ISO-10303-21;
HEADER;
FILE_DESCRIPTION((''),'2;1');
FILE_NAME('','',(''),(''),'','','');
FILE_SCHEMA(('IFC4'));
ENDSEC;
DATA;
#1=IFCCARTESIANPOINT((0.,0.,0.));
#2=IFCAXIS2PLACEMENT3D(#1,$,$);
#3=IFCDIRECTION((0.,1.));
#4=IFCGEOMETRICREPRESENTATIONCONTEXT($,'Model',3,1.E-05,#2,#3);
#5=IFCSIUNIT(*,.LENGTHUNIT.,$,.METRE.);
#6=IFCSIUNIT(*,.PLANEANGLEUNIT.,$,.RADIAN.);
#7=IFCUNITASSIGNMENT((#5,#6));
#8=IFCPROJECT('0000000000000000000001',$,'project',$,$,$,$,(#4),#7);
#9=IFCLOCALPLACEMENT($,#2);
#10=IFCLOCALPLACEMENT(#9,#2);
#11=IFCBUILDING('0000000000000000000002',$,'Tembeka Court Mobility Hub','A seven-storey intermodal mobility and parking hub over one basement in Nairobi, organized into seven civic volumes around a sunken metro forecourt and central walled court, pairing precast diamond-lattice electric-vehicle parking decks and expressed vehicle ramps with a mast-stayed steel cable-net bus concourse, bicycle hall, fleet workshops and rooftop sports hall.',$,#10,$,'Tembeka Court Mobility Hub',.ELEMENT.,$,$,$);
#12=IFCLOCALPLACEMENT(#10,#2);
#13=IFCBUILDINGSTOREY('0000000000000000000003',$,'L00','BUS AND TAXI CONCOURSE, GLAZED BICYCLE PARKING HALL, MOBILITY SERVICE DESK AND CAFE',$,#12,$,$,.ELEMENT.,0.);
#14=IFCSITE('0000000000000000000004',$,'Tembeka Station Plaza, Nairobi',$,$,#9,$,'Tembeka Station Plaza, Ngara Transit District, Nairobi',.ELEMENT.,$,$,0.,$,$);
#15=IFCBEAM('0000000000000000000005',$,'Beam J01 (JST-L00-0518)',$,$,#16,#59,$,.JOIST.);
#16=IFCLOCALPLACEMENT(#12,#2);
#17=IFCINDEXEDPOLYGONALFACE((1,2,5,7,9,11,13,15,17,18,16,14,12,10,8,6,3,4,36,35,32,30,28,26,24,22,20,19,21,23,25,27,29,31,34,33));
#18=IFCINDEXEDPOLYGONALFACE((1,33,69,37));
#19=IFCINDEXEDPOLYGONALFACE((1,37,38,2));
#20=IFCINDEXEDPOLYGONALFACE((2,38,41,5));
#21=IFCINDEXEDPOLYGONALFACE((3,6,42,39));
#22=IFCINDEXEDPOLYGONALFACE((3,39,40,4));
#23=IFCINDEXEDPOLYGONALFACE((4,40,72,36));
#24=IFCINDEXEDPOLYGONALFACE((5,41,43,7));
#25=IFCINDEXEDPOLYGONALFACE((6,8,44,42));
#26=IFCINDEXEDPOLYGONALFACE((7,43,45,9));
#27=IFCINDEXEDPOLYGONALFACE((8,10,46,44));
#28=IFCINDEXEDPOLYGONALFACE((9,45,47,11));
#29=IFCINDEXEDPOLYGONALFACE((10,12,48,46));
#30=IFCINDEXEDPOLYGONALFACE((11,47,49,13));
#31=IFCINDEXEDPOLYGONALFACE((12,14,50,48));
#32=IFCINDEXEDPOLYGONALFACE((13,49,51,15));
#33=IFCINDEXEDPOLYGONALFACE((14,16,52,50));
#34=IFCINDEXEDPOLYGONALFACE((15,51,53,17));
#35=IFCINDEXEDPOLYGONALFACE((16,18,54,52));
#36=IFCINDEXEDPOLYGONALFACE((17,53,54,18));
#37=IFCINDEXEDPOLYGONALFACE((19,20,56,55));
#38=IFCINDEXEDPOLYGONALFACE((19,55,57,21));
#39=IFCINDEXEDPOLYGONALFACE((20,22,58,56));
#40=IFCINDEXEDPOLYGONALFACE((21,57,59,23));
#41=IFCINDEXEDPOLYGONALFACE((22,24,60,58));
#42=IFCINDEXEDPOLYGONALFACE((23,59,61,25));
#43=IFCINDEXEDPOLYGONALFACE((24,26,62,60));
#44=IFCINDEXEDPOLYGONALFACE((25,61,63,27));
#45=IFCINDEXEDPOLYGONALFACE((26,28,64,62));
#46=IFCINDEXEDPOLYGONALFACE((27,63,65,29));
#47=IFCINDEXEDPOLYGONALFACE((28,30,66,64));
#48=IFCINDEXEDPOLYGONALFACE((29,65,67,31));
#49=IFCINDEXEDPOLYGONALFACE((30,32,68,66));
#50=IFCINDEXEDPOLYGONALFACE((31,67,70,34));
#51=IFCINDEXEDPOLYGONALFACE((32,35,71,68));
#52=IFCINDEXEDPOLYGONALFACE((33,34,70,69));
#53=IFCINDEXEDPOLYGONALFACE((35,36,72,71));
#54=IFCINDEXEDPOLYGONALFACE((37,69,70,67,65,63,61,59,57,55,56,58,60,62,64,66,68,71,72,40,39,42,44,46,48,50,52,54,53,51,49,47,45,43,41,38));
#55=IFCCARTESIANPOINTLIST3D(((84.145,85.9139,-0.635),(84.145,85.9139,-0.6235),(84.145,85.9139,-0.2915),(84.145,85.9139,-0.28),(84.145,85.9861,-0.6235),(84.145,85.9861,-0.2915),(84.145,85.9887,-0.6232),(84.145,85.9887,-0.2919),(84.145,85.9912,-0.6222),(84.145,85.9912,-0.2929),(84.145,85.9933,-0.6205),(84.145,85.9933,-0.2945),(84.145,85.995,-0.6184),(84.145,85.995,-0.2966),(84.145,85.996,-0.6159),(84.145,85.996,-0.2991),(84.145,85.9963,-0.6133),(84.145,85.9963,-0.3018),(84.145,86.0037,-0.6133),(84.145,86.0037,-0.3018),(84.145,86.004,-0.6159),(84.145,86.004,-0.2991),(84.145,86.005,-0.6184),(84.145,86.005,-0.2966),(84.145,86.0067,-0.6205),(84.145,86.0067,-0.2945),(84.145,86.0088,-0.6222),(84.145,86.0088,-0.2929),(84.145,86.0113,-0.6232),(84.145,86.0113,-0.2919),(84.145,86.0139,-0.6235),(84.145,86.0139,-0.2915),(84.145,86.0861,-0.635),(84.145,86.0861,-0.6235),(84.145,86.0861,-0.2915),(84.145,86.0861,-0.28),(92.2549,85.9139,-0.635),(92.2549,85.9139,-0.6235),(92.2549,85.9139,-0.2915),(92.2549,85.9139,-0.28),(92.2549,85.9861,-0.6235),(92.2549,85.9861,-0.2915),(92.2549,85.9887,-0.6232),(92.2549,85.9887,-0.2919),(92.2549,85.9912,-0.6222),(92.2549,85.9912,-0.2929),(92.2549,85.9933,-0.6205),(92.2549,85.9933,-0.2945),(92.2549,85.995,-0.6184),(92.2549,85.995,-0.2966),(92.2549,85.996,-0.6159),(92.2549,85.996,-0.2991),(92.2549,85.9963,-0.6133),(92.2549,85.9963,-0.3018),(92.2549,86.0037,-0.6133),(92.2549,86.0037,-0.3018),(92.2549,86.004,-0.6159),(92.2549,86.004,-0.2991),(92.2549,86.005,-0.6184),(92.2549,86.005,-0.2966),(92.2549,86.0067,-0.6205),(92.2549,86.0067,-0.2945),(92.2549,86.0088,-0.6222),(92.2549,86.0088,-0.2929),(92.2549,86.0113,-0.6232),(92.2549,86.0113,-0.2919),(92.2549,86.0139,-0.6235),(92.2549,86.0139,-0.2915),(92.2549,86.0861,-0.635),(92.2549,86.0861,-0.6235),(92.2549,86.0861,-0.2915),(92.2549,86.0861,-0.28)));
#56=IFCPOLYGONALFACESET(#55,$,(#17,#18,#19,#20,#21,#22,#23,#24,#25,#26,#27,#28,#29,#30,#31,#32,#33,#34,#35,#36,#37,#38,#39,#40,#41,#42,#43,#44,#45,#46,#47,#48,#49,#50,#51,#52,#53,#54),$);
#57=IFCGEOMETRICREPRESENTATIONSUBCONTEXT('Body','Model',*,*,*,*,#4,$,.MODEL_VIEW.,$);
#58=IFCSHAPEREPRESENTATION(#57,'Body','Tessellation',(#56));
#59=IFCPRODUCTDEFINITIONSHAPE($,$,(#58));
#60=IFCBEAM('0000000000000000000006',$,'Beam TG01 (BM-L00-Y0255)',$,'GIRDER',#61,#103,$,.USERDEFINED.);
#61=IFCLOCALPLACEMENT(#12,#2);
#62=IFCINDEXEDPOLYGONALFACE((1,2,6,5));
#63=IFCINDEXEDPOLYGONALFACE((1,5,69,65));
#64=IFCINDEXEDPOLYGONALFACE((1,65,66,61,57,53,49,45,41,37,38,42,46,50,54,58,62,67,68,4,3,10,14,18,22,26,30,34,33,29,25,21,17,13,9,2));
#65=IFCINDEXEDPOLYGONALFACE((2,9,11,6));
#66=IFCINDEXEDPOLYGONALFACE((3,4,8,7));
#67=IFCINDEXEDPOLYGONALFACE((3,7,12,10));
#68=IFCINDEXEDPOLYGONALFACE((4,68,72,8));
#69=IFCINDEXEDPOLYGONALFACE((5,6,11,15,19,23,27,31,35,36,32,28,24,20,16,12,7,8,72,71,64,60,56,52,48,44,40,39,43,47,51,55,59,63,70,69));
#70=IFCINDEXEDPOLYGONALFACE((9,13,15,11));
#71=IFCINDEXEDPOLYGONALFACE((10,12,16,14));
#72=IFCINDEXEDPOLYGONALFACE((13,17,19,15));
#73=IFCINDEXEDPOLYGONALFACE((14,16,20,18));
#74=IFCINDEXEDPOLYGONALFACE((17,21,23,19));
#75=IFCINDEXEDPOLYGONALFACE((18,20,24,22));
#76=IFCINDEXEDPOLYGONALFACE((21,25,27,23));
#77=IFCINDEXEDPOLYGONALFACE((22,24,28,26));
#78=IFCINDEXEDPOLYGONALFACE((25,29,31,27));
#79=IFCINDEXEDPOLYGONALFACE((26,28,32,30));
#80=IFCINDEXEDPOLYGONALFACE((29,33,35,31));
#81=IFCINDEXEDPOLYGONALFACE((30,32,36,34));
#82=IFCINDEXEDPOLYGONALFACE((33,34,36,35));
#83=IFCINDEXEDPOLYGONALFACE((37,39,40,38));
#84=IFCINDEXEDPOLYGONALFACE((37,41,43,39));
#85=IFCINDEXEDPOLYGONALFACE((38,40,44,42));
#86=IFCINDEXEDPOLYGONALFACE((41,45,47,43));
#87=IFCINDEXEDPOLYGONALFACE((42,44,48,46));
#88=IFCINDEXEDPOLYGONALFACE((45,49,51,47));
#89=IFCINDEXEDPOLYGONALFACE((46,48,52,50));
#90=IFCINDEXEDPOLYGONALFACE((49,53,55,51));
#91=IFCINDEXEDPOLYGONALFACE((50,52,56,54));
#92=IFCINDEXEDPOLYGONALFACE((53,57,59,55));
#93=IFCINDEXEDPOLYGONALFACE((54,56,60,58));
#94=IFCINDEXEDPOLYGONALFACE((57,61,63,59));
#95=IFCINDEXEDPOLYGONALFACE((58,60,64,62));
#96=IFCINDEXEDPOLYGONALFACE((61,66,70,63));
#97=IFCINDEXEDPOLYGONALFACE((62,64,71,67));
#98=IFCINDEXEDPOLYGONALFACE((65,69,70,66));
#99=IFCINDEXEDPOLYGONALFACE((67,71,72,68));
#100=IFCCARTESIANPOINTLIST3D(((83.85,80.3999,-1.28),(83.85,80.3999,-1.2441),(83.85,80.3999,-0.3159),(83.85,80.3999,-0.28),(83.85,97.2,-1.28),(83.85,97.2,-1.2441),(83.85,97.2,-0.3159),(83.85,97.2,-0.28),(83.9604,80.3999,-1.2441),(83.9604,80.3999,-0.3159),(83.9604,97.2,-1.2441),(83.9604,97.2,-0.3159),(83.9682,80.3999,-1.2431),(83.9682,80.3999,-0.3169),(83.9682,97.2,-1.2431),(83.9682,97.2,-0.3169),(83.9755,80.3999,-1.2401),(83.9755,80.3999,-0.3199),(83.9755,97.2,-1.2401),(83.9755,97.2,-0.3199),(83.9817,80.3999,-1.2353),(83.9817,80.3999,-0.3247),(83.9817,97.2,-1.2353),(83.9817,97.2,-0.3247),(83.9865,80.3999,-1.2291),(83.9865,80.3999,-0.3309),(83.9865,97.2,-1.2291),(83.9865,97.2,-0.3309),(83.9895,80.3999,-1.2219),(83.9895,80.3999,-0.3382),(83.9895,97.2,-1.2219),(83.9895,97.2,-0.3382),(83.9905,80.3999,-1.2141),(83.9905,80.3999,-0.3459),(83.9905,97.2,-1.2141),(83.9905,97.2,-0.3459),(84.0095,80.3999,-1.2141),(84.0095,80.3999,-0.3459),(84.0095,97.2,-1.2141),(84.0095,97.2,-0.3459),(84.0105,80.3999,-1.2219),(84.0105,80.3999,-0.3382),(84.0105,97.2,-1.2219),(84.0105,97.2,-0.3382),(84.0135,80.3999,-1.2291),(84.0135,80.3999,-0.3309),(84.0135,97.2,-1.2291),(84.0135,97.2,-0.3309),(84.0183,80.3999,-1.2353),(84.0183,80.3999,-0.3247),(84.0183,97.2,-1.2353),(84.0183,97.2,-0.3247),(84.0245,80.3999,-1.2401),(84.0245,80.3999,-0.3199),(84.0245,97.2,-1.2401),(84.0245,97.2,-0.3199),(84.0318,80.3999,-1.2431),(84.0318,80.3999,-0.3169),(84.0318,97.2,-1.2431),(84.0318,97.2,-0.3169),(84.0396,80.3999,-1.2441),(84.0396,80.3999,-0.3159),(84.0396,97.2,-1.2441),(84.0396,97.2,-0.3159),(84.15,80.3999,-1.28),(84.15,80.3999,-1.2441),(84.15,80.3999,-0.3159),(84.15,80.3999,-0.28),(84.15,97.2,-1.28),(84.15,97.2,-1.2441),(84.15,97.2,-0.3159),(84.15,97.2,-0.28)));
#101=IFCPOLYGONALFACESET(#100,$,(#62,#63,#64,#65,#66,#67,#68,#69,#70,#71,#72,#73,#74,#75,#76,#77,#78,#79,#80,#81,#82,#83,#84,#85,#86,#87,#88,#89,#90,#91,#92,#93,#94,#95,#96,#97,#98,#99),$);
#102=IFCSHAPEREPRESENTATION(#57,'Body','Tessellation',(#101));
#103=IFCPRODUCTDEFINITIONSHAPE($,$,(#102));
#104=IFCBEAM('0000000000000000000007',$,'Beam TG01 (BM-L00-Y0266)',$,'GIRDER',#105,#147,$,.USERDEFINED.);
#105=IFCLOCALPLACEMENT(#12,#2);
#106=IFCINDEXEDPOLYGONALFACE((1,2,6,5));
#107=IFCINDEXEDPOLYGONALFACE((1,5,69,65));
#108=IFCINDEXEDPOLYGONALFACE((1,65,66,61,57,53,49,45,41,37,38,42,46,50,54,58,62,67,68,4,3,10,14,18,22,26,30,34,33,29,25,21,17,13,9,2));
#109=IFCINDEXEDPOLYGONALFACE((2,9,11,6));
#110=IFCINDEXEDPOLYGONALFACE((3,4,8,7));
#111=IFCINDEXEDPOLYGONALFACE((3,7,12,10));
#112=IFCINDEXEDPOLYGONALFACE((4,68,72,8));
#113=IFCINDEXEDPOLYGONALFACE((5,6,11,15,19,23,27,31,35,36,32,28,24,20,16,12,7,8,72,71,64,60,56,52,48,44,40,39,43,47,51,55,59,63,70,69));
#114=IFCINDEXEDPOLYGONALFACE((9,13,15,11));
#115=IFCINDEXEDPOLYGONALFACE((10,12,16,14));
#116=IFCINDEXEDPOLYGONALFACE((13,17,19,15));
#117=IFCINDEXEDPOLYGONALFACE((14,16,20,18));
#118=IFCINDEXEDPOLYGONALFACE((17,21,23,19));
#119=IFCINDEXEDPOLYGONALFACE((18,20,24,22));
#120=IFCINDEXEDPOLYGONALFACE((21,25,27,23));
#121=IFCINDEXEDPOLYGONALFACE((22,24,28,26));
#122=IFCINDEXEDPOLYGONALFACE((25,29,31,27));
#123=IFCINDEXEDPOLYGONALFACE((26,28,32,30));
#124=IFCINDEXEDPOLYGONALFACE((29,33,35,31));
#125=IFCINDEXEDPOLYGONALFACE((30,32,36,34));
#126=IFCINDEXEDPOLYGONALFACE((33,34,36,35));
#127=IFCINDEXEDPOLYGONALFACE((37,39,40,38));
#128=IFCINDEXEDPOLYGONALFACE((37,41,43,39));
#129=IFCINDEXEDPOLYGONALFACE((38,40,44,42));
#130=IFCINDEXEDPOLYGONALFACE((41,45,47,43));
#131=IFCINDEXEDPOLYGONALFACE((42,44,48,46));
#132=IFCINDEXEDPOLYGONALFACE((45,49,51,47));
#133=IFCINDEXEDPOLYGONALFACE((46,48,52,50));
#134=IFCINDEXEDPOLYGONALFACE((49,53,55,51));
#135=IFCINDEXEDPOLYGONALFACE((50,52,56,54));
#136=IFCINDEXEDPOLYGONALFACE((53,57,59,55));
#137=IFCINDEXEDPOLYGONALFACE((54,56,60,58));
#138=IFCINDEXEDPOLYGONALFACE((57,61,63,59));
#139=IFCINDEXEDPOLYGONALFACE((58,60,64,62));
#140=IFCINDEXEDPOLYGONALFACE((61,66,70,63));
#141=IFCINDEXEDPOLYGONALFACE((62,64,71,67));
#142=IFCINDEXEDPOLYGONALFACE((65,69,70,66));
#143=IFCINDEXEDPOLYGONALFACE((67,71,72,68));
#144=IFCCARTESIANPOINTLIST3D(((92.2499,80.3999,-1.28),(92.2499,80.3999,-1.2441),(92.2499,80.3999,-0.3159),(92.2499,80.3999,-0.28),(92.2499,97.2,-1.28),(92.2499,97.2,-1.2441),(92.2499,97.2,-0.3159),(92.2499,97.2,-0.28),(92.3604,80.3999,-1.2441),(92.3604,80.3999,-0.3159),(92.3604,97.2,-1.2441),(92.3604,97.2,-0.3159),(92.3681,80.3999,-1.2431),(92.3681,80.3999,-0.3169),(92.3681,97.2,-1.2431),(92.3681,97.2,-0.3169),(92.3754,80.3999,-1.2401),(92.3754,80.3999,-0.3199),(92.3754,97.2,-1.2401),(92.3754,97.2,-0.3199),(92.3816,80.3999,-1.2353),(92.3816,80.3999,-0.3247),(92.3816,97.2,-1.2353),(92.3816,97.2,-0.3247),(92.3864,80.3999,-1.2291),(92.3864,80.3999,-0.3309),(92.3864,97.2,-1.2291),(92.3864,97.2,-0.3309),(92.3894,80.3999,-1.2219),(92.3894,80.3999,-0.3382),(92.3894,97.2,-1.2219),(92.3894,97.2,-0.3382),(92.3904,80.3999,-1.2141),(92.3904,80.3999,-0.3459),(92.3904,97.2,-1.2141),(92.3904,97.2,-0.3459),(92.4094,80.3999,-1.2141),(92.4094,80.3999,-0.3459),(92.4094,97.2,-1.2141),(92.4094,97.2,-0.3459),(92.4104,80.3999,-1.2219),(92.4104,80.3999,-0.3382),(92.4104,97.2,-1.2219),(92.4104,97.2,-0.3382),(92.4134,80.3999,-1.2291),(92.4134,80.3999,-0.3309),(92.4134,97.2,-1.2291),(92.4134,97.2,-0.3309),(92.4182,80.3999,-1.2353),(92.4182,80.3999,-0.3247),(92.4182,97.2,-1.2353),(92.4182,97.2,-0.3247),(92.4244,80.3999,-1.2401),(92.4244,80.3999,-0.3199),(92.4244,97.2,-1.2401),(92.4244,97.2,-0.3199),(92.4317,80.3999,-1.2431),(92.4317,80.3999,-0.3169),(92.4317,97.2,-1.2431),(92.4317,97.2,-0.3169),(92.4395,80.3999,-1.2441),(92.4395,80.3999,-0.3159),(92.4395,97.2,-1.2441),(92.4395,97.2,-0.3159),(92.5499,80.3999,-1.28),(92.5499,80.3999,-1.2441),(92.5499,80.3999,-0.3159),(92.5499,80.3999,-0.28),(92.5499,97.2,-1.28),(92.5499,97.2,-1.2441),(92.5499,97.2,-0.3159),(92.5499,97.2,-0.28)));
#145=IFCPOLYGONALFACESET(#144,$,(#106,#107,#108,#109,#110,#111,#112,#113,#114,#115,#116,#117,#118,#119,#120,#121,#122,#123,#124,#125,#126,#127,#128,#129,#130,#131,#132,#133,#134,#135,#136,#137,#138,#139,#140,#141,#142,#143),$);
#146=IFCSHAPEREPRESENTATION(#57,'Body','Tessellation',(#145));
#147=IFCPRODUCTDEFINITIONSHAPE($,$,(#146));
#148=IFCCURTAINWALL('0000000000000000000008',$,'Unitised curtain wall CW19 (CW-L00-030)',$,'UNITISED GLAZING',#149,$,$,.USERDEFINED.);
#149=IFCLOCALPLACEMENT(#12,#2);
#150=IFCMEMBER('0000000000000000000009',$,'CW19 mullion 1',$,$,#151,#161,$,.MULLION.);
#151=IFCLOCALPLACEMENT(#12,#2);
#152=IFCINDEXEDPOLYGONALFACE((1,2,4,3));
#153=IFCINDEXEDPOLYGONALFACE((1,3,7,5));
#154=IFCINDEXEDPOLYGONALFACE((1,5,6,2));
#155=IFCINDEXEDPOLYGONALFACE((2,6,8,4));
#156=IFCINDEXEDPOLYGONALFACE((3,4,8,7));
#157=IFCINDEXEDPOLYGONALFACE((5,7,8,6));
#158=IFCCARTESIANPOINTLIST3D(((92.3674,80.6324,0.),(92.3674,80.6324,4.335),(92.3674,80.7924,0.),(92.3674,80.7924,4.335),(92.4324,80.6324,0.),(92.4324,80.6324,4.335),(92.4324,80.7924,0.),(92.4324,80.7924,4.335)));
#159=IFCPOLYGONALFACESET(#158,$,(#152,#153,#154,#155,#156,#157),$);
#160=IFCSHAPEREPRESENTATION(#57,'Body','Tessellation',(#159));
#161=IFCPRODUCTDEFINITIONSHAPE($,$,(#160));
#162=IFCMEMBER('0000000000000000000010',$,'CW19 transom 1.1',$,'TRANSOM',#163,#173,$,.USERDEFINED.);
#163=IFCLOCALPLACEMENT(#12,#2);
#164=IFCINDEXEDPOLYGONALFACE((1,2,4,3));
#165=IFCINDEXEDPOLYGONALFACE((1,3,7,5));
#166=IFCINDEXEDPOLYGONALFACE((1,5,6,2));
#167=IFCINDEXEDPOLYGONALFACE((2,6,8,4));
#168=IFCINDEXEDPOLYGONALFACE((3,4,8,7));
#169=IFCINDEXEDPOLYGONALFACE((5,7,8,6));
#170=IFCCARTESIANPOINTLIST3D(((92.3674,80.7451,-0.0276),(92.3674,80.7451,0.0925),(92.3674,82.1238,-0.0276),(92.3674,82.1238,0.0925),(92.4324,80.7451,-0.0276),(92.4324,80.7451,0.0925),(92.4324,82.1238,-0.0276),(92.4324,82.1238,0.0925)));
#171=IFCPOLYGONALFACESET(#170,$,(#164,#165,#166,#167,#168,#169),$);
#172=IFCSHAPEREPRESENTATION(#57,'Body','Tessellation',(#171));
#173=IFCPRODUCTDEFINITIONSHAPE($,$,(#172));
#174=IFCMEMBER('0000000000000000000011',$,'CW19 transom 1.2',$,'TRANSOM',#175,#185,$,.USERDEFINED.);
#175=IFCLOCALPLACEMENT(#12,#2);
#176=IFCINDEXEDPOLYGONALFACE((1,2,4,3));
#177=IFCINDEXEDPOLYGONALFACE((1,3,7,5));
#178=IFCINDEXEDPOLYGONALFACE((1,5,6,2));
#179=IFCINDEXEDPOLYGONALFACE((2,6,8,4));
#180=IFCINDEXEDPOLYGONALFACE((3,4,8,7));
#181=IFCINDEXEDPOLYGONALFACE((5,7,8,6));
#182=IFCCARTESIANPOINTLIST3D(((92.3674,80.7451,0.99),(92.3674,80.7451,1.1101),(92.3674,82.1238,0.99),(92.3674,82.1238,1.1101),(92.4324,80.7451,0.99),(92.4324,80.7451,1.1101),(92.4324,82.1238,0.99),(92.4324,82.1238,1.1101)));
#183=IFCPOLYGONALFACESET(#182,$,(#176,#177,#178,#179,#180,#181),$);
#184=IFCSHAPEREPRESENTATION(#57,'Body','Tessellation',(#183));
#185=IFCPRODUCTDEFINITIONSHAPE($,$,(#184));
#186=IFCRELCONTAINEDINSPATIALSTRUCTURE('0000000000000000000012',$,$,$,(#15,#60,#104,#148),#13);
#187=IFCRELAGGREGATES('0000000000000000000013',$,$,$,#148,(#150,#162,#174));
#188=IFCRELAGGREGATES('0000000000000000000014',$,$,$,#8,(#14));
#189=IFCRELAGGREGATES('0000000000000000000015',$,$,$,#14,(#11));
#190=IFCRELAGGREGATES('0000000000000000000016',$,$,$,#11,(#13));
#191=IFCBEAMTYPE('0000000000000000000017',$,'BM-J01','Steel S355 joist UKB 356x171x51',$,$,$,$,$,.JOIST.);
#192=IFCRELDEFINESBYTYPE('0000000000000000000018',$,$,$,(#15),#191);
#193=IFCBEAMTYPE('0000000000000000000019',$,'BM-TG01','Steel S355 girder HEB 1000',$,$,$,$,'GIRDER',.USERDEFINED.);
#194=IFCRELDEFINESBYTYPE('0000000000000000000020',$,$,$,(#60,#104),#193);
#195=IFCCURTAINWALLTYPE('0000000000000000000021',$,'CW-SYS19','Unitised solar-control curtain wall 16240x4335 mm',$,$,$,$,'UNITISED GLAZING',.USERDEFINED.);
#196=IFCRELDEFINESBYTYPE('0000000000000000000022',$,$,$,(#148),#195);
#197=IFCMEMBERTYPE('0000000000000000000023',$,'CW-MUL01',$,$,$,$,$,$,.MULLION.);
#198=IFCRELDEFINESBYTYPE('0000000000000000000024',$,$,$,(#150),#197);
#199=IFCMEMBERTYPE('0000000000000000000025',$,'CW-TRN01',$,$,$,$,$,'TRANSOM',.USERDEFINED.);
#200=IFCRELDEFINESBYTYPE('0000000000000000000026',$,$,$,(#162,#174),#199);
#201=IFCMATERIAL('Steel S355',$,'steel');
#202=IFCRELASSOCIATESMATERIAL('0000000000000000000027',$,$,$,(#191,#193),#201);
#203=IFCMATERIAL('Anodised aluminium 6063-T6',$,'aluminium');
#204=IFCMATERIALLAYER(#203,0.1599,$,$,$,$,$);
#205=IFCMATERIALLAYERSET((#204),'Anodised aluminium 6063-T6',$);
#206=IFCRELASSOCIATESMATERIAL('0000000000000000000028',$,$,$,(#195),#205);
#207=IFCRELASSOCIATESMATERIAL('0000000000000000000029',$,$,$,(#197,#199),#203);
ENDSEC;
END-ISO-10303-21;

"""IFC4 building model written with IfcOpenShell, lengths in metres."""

from ifc_helpers import new_model, si_unit, direction, frame, origin, origin_2d, place, context, subcontext, project, spatial, rectangle, i_section, extrude, material, layer, layer_set, material_profile, profile_set, type_object, element, aggregate, save


model = new_model("IFC4")

# Units and contexts
model_context = context("Model", 3, precision=1e-05, world=origin(), true_north=direction((0.0, 1.0)))
body_context = subcontext(model_context, "Body", "Model", "MODEL_VIEW")
ifc_project = project(units=[si_unit("LENGTHUNIT", "METRE"), si_unit("PLANEANGLEUNIT", "RADIAN")], contexts=[model_context])

# Site, building, storey
site_placement = place(None, origin())
site = spatial("IfcSite", under=ifc_project, at=site_placement, Name="Tembeka Station Plaza, Nairobi", LongName="Tembeka Station Plaza, Ngara Transit District, Nairobi", CompositionType="ELEMENT", RefElevation=0.0)
building_placement = place(site_placement, origin())
building = spatial("IfcBuilding", under=site, at=building_placement, Name="Tembeka Court Mobility Hub", Description="A seven-storey intermodal mobility and parking hub over one basement in Nairobi, organized into seven civic volumes around a sunken metro forecourt and central walled court, pairing precast diamond-lattice electric-vehicle parking decks and expressed vehicle ramps with a mast-stayed steel cable-net bus concourse, bicycle hall, fleet workshops and rooftop sports hall.", LongName="Tembeka Court Mobility Hub", CompositionType="ELEMENT")
storey_placement = place(building_placement, origin())
storey = spatial("IfcBuildingStorey", under=building, at=storey_placement, Name="L00", Description="BUS AND TAXI CONCOURSE, GLAZED BICYCLE PARKING HALL, MOBILITY SERVICE DESK AND CAFE", CompositionType="ELEMENT", Elevation=0.0)

# Shared definitions
ifc_material_1 = material(Name="Steel S355", Category="steel")

# Beams
ifc_material_profile_1 = material_profile(ifc_material_1, i_section(OverallWidth=0.1721, OverallDepth=0.355, WebThickness=0.0073, FlangeThickness=0.0115, FilletRadius=0.0103, at=origin_2d()), Name="UKB 356x171x51")
ifc_profile_set_1 = profile_set([ifc_material_profile_1], Name="Steel S355")
beam_type_1 = type_object("IfcBeamType", Name="BM-J01", Description="Steel S355 joist UKB 356x171x51", PredefinedType="JOIST", material=ifc_profile_set_1)
for number, where, z_axis, x_axis, name in (
    (1, (84.145, 86.0, -0.4575), (1.0, 0.0, 0.0), (0.0, 1.0, 0.0), "Beam J01 (JST-L00-0518)"),
):
    element("IfcBeam", number, at=place(storey_placement, frame(where, z_axis=z_axis, x_axis=x_axis)), inside=storey, type_object=beam_type_1, Name=name, PredefinedType="JOIST", context=body_context, shape_type="SweptSolid", body=[
        extrude(i_section(OverallWidth=0.1721, OverallDepth=0.355, WebThickness=0.0073, FlangeThickness=0.0115, FilletRadius=0.0103, at=origin_2d()), origin(), (0.0, 0.0, 1.0), 8.1099),
    ])
ifc_material_profile_2 = material_profile(ifc_material_1, i_section(OverallWidth=0.3, OverallDepth=1.0, WebThickness=0.019, FlangeThickness=0.0359, FilletRadius=0.03, at=origin_2d()), Name="HEB 1000")
ifc_profile_set_2 = profile_set([ifc_material_profile_2], Name="Steel S355")
beam_type_2 = type_object("IfcBeamType", Name="BM-TG01", Description="Steel S355 girder HEB 1000", ElementType="GIRDER", PredefinedType="USERDEFINED", material=ifc_profile_set_2)
for number, where, z_axis, x_axis, name in (
    (2, (84.0, 80.3999, -0.78), (0.0, 1.0, 0.0), (-1.0, 0.0, 0.0), "Beam TG01 (BM-L00-Y0255)"),
    (3, (92.3999, 80.3999, -0.78), (0.0, 1.0, 0.0), (-1.0, 0.0, 0.0), "Beam TG01 (BM-L00-Y0266)"),
):
    element("IfcBeam", number, at=place(storey_placement, frame(where, z_axis=z_axis, x_axis=x_axis)), inside=storey, type_object=beam_type_2, Name=name, ObjectType="GIRDER", PredefinedType="USERDEFINED", context=body_context, shape_type="SweptSolid", body=[
        extrude(i_section(OverallWidth=0.3, OverallDepth=1.0, WebThickness=0.019, FlangeThickness=0.0359, FilletRadius=0.03, at=origin_2d()), origin(), (0.0, 0.0, 1.0), 16.8),
    ])

# Curtain wall, members
ifc_material_2 = material(Name="Anodised aluminium 6063-T6", Category="aluminium")
ifc_layer_1 = layer(ifc_material_2, 0.1599)
ifc_layer_set_1 = layer_set([ifc_layer_1], Name="Anodised aluminium 6063-T6")
curtain_wall_type = type_object("IfcCurtainWallType", Name="CW-SYS19", Description="Unitised solar-control curtain wall 16240x4335 mm", ElementType="UNITISED GLAZING", PredefinedType="USERDEFINED", material=ifc_layer_set_1)
curtain_wall_placement = place(storey_placement, origin())
curtain_wall = element("IfcCurtainWall", 4, at=curtain_wall_placement, inside=storey, type_object=curtain_wall_type, Name="Unitised curtain wall CW19 (CW-L00-030)", ObjectType="UNITISED GLAZING", PredefinedType="USERDEFINED")
ifc_material_profile_3 = material_profile(ifc_material_2, rectangle(XDim=0.0649, YDim=0.1599, at=origin_2d()), Name="ALU-MUL 65x160")
ifc_profile_set_3 = profile_set([ifc_material_profile_3], Name="Anodised aluminium 6063-T6")
member_type_1 = type_object("IfcMemberType", Name="CW-MUL01", PredefinedType="MULLION", material=ifc_profile_set_3)
member_1_placement = place(storey_placement, frame((92.3999, 80.7124, 0.0), z_axis=(0.0, 0.0, 1.0), x_axis=(-1.0, 0.0, 0.0)))
member_1 = element("IfcMember", 5, at=member_1_placement, type_object=member_type_1, Name="CW19 mullion 1", PredefinedType="MULLION", context=body_context, shape_type="SweptSolid", body=[
    extrude(rectangle(XDim=0.0649, YDim=0.1599, at=origin_2d()), origin(), (0.0, 0.0, 1.0), 4.335),
])
ifc_material_profile_4 = material_profile(ifc_material_2, rectangle(XDim=0.0649, YDim=0.1201, at=origin_2d()), Name="ALU-TRN 65x120")
ifc_profile_set_4 = profile_set([ifc_material_profile_4], Name="Anodised aluminium 6063-T6")
member_type_2 = type_object("IfcMemberType", Name="CW-TRN01", ElementType="TRANSOM", PredefinedType="USERDEFINED", material=ifc_profile_set_4)
member_2_placement = place(storey_placement, frame((92.3999, 80.7451, 0.0325), z_axis=(0.0, 1.0, 0.0), x_axis=(-1.0, 0.0, 0.0)))
member_2 = element("IfcMember", 6, at=member_2_placement, type_object=member_type_2, Name="CW19 transom 1.1", ObjectType="TRANSOM", PredefinedType="USERDEFINED", context=body_context, shape_type="SweptSolid", body=[
    extrude(rectangle(XDim=0.0649, YDim=0.1201, at=origin_2d()), origin(), (0.0, 0.0, 1.0), 1.3787),
])
member_3_placement = place(storey_placement, frame((92.3999, 80.7451, 1.05), z_axis=(0.0, 1.0, 0.0), x_axis=(-1.0, 0.0, 0.0)))
member_3 = element("IfcMember", 7, at=member_3_placement, type_object=member_type_2, Name="CW19 transom 1.2", ObjectType="TRANSOM", PredefinedType="USERDEFINED", context=body_context, shape_type="SweptSolid", body=[
    extrude(rectangle(XDim=0.0649, YDim=0.1201, at=origin_2d()), origin(), (0.0, 0.0, 1.0), 1.3787),
])
aggregate(curtain_wall, [member_1, member_2, member_3])

save(model, "model.ifc")
